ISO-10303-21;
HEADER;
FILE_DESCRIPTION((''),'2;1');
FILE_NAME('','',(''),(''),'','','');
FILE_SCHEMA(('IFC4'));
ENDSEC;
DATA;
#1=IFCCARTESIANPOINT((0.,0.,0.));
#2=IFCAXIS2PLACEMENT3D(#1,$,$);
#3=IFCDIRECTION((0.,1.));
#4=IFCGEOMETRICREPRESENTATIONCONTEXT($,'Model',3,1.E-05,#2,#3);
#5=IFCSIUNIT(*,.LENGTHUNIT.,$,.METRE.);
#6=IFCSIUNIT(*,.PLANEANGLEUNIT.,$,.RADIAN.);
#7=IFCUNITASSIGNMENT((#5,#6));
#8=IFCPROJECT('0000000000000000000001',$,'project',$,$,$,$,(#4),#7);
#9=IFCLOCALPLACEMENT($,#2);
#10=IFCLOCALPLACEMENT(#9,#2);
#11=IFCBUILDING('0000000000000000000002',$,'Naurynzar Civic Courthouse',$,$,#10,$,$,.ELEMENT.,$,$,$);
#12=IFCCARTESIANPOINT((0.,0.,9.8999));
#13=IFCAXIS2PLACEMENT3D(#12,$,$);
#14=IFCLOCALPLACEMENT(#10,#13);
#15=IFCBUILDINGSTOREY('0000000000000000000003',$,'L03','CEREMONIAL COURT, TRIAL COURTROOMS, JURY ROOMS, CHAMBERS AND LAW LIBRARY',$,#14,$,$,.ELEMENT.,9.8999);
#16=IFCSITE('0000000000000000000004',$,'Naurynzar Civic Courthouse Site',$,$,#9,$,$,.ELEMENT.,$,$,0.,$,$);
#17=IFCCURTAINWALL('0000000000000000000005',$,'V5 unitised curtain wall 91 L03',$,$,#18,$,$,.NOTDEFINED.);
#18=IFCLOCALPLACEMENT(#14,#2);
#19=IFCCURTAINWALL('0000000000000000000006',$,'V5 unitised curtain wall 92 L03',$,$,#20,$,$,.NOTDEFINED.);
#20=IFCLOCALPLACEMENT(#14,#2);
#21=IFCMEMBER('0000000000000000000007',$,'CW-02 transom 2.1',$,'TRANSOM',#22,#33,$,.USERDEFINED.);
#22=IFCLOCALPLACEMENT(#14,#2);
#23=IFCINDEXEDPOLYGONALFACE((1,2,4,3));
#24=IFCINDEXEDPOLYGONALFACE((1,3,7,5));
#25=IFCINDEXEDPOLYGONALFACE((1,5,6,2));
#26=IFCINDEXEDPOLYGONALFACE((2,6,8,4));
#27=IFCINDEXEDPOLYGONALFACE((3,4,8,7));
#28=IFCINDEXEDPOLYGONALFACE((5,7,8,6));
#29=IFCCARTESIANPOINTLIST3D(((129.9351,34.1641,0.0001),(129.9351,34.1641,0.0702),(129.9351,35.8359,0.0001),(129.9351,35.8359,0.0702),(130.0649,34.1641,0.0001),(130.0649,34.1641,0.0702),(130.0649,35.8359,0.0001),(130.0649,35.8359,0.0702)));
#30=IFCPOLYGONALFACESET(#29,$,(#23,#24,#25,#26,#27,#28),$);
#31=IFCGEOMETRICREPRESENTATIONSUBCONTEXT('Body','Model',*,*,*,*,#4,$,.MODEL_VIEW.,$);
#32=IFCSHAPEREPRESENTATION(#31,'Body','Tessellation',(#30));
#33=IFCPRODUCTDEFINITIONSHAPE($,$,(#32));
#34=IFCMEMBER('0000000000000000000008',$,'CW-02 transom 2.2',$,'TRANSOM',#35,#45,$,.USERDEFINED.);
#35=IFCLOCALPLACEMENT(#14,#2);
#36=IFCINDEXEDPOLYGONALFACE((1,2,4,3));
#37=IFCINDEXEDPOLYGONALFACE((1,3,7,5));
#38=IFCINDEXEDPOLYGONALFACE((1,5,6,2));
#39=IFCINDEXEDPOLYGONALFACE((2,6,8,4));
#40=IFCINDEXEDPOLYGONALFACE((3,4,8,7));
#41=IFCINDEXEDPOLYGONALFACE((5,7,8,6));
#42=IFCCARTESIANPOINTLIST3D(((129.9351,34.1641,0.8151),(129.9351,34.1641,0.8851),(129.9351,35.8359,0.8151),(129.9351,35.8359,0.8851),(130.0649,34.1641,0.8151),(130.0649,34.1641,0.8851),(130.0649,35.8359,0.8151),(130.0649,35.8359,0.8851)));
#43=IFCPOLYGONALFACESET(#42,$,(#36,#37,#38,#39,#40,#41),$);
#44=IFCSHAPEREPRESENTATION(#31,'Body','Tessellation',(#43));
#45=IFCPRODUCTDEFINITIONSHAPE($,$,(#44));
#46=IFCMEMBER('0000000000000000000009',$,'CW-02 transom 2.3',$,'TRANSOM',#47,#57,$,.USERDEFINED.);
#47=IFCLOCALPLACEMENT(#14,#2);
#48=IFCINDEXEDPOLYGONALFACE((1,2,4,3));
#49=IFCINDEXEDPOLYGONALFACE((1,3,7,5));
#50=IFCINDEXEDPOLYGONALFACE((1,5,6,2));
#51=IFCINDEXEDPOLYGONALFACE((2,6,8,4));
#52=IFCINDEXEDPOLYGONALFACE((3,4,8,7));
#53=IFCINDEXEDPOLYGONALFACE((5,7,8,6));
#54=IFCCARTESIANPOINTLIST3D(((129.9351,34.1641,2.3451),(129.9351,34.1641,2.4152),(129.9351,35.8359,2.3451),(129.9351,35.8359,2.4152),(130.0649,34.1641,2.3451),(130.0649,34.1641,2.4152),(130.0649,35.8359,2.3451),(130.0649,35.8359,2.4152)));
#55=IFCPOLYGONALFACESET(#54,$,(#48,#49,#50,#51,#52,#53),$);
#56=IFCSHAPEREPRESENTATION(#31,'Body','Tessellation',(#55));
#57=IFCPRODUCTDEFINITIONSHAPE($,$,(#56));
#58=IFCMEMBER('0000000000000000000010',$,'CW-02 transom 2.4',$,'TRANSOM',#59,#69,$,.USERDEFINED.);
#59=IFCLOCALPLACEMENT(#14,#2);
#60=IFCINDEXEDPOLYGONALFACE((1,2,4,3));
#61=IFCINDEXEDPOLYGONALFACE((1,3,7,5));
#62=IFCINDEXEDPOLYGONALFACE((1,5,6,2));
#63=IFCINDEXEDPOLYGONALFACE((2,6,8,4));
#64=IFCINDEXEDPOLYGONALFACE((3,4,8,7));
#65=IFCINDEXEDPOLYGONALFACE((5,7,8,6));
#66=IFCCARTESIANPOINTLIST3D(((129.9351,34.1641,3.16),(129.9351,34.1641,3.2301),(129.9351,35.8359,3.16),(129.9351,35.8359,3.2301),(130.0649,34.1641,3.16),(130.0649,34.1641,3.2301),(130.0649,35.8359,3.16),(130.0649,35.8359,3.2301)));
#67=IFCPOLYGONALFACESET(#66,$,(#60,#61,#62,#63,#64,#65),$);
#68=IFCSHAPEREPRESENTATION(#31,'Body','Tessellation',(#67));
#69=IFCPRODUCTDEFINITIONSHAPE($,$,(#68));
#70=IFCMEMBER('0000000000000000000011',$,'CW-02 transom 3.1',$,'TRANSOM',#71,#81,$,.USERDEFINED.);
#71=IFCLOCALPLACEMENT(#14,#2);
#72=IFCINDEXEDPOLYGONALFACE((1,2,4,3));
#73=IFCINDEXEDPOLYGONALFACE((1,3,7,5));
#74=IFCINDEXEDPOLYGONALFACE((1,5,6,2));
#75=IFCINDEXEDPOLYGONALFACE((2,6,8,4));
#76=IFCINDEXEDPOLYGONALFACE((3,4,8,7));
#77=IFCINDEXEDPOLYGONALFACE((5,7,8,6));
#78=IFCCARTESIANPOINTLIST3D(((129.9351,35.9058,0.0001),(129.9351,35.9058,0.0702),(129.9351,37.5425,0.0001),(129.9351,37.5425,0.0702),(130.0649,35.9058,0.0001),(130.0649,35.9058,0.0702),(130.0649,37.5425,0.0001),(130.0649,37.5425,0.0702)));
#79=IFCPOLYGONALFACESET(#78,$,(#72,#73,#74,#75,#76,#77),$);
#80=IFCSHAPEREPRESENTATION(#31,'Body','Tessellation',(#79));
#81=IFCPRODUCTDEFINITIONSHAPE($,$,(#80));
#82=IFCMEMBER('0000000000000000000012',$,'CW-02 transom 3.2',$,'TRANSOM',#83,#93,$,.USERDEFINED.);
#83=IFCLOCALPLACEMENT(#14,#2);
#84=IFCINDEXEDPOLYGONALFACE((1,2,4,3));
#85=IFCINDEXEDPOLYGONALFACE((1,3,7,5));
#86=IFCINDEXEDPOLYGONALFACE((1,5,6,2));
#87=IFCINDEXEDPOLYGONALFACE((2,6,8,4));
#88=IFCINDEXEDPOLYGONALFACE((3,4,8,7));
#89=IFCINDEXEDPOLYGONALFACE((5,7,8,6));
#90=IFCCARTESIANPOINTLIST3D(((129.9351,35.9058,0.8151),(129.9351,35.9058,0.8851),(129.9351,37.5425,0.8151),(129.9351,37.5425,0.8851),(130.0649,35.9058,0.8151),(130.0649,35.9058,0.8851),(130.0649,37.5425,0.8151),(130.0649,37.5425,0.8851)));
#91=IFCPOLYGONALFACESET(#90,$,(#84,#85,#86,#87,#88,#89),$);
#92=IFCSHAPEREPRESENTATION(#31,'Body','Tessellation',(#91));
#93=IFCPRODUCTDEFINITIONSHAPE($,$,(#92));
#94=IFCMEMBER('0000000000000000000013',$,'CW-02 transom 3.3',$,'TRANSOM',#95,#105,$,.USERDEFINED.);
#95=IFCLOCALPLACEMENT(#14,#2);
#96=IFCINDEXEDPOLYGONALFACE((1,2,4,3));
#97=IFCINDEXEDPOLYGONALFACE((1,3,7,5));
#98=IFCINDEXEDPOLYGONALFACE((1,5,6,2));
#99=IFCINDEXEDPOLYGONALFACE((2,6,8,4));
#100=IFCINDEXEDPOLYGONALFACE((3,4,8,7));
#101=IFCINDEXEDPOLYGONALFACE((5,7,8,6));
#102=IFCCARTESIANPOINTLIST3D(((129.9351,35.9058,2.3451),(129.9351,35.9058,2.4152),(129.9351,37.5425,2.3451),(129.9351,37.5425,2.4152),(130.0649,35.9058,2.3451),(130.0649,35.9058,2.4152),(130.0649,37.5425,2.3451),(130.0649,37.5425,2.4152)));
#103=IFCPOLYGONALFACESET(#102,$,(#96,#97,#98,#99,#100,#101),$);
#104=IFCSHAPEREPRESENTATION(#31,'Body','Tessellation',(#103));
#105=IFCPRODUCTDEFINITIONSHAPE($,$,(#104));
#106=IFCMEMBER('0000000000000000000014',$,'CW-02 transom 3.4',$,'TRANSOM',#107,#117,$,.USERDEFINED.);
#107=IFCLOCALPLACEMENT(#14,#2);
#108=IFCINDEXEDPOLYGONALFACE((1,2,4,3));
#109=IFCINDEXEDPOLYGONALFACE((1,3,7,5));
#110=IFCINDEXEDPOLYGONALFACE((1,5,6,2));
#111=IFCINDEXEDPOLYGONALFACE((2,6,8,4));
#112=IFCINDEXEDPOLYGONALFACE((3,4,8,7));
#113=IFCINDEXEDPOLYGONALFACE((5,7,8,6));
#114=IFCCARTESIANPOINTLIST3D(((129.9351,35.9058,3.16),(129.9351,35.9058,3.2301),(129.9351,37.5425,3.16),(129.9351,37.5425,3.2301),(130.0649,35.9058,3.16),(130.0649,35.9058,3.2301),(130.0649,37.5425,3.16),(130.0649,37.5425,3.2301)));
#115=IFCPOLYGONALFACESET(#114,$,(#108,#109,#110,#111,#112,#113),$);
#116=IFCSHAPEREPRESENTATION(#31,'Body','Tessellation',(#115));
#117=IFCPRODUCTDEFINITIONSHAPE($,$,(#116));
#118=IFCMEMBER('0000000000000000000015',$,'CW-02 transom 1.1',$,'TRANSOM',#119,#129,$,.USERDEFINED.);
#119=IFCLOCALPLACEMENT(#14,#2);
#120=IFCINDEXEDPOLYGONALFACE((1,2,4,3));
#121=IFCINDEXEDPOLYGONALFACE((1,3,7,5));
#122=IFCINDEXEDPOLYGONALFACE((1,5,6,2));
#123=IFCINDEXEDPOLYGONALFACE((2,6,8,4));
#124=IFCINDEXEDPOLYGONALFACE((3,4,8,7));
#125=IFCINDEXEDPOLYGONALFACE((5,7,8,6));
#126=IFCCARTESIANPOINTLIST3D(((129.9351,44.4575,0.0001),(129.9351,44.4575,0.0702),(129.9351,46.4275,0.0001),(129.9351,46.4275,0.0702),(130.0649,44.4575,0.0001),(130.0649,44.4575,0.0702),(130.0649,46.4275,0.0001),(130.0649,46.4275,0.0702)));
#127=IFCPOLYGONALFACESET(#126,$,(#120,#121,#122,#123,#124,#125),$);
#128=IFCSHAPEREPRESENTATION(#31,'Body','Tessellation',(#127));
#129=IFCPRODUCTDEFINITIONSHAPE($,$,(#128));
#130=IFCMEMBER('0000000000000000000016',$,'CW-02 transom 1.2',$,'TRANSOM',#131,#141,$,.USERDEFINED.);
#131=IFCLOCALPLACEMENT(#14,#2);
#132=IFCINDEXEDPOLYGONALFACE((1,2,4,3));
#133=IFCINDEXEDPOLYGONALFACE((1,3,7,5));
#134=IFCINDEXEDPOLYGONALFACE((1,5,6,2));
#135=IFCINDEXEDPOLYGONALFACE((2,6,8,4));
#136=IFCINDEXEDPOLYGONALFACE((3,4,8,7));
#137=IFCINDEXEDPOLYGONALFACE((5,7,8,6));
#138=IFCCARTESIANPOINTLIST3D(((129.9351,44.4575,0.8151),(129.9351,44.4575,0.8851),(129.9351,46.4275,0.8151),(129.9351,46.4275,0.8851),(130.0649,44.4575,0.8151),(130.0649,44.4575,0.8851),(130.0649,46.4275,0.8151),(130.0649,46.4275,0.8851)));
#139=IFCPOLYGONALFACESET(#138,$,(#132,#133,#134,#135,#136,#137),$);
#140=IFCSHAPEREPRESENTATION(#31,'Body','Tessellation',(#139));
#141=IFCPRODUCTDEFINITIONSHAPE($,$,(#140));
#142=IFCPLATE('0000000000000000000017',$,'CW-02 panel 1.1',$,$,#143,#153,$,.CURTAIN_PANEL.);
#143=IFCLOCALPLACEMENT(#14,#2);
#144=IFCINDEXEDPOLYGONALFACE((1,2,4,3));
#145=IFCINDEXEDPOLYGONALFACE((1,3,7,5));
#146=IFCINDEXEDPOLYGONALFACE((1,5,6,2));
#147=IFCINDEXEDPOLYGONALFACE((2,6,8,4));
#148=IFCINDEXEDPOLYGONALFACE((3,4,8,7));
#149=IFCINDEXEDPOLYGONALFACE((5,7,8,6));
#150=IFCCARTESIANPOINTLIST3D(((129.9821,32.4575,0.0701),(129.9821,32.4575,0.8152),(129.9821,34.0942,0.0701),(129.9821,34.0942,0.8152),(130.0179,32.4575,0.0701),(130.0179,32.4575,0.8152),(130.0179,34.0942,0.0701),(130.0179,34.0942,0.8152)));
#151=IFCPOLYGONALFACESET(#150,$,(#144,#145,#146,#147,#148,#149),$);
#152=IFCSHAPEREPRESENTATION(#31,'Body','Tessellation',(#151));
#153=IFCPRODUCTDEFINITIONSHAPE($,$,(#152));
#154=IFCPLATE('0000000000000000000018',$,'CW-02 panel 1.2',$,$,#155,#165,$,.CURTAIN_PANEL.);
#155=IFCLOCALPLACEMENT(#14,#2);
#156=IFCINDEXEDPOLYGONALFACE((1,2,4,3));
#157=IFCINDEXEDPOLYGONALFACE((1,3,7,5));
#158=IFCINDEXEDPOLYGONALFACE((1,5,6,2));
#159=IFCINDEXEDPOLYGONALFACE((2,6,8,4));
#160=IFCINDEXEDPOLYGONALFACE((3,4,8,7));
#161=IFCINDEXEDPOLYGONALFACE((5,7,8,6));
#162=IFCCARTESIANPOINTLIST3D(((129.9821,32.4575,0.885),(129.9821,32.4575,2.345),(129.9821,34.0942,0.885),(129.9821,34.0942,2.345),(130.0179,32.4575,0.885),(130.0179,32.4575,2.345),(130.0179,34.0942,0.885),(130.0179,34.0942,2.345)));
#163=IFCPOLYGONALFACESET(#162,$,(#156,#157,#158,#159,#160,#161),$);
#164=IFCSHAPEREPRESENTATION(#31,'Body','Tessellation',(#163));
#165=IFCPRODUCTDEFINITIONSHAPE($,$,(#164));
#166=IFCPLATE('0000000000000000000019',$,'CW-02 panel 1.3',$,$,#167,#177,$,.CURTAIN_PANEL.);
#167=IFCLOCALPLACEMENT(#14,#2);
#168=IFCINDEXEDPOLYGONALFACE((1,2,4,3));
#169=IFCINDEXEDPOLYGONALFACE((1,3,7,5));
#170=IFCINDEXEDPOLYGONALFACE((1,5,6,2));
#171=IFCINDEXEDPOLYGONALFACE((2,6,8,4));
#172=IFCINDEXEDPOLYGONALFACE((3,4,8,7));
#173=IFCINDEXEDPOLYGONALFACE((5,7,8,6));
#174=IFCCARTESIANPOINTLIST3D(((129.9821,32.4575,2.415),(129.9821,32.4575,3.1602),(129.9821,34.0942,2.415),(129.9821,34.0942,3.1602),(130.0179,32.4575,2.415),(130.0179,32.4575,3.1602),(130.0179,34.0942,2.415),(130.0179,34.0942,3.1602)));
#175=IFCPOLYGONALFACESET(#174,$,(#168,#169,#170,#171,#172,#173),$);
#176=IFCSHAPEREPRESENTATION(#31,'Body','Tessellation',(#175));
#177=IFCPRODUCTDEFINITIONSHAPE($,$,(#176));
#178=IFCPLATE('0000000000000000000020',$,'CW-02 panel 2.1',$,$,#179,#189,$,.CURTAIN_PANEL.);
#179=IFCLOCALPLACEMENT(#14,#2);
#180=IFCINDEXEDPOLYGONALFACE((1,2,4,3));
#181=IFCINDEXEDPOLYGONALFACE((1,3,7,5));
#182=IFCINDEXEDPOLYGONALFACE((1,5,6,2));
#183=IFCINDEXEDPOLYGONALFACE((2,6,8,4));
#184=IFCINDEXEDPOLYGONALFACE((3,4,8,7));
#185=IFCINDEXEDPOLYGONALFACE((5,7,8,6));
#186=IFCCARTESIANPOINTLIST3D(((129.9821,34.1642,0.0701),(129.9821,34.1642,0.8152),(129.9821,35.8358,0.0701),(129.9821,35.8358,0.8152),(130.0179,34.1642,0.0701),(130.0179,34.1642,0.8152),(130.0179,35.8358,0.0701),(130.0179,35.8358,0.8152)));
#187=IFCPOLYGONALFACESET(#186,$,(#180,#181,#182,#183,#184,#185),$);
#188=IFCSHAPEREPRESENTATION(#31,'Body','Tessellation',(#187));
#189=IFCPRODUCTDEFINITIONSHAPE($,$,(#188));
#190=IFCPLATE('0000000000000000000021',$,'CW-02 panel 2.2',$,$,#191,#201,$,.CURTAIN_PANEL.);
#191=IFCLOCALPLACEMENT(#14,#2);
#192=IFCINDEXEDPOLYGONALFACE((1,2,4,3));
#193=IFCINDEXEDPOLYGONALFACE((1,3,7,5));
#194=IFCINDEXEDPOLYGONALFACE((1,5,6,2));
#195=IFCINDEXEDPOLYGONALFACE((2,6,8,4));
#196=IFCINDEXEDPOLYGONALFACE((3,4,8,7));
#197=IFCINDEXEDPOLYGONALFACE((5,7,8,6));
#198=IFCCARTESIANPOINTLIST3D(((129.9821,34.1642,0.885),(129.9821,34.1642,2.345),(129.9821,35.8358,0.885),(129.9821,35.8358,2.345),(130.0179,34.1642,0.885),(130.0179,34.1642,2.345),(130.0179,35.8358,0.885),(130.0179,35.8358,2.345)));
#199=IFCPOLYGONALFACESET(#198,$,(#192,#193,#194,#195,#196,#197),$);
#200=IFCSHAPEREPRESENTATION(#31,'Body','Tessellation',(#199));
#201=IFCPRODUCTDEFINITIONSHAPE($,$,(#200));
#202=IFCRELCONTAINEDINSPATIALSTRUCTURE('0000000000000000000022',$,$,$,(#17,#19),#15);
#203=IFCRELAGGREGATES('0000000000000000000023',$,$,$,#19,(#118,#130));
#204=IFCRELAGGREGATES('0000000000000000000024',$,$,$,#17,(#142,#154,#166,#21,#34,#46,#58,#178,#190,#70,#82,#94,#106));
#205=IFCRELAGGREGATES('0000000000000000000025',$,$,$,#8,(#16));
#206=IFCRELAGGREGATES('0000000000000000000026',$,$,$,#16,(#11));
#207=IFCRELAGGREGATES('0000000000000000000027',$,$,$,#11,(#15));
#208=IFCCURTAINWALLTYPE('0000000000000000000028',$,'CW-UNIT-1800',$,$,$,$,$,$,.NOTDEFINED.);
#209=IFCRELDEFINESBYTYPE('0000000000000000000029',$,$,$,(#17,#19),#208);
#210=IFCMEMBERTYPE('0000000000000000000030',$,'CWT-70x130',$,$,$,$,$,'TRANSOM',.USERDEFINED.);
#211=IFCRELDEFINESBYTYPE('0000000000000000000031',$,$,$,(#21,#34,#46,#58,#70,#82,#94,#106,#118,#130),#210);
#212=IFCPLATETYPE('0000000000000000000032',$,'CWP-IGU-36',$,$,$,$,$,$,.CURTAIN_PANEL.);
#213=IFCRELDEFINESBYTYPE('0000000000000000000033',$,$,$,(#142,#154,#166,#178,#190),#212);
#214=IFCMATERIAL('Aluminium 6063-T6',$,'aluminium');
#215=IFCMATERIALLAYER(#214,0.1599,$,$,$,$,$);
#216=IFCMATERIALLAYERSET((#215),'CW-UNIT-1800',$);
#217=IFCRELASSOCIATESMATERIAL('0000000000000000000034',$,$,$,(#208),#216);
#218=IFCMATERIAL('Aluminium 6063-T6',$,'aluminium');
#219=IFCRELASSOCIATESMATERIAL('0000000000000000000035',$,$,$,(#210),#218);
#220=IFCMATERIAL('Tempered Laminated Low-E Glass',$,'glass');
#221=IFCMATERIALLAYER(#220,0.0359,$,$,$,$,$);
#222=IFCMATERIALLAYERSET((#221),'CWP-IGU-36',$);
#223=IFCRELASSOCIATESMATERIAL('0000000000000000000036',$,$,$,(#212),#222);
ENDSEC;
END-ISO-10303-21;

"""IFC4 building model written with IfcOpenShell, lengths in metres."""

from ifc_helpers import new_model, si_unit, direction, frame, origin, origin_2d, place, context, subcontext, project, spatial, rectangle, extrude, material, layer, layer_set, material_profile, profile_set, type_object, element, aggregate, save


model = new_model("IFC4")

# Units and contexts
model_context = context("Model", 3, precision=1e-05, world=origin(), true_north=direction((0.0, 1.0)))
body_context = subcontext(model_context, "Body", "Model", "MODEL_VIEW")
ifc_project = project(units=[si_unit("LENGTHUNIT", "METRE"), si_unit("PLANEANGLEUNIT", "RADIAN")], contexts=[model_context])

# Site, building, storey
site_placement = place(None, origin())
site = spatial("IfcSite", under=ifc_project, at=site_placement, Name="Naurynzar Civic Courthouse Site", CompositionType="ELEMENT", RefElevation=0.0)
building_placement = place(site_placement, origin())
building = spatial("IfcBuilding", under=site, at=building_placement, Name="Naurynzar Civic Courthouse", CompositionType="ELEMENT")
storey_placement = place(building_placement, frame((0.0, 0.0, 9.8999)))
storey = spatial("IfcBuildingStorey", under=building, at=storey_placement, Name="L03", Description="CEREMONIAL COURT, TRIAL COURTROOMS, JURY ROOMS, CHAMBERS AND LAW LIBRARY", CompositionType="ELEMENT", Elevation=9.8999)

# Curtain wall
ifc_material_1 = material(Name="Aluminium 6063-T6", Category="aluminium")
ifc_layer_1 = layer(ifc_material_1, 0.1599)
ifc_layer_set_1 = layer_set([ifc_layer_1], Name="CW-UNIT-1800")
curtain_wall_type = type_object("IfcCurtainWallType", Name="CW-UNIT-1800", PredefinedType="NOTDEFINED", material=ifc_layer_set_1)
curtain_wall_1_placement = place(storey_placement, origin())
curtain_wall_1 = element("IfcCurtainWall", 1, at=curtain_wall_1_placement, inside=storey, type_object=curtain_wall_type, Name="V5 unitised curtain wall 91 L03", PredefinedType="NOTDEFINED")

# Curtain wall
curtain_wall_2_placement = place(storey_placement, origin())
curtain_wall_2 = element("IfcCurtainWall", 2, at=curtain_wall_2_placement, inside=storey, type_object=curtain_wall_type, Name="V5 unitised curtain wall 92 L03", PredefinedType="NOTDEFINED")

# Members
ifc_material_2 = material(Name="Aluminium 6063-T6", Category="aluminium")
ifc_material_profile_1 = material_profile(ifc_material_2, rectangle(XDim=0.1299, YDim=0.0701, at=origin_2d()), Name="ALU TRANSOM 70x130")
ifc_profile_set_1 = profile_set([ifc_material_profile_1], Name="Aluminium 6063-T6")
member_type_1 = type_object("IfcMemberType", Name="CWT-70x130", ElementType="TRANSOM", PredefinedType="USERDEFINED", material=ifc_profile_set_1)
member_1_placement = place(storey_placement, frame((130.0, 34.1641, 0.0352), z_axis=(0.0, 1.0, 0.0), x_axis=(-1.0, 0.0, 0.0)))
member_1 = element("IfcMember", 3, at=member_1_placement, type_object=member_type_1, Name="CW-02 transom 2.1", ObjectType="TRANSOM", PredefinedType="USERDEFINED", context=body_context, shape_type="SweptSolid", body=[
    extrude(rectangle(XDim=0.1299, YDim=0.0701, at=origin_2d()), origin(), (0.0, 0.0, 1.0), 1.6719),
])
member_2_placement = place(storey_placement, frame((130.0, 34.1641, 0.8501), z_axis=(0.0, 1.0, 0.0), x_axis=(-1.0, 0.0, 0.0)))
member_2 = element("IfcMember", 4, at=member_2_placement, type_object=member_type_1, Name="CW-02 transom 2.2", ObjectType="TRANSOM", PredefinedType="USERDEFINED", context=body_context, shape_type="SweptSolid", body=[
    extrude(rectangle(XDim=0.1299, YDim=0.0701, at=origin_2d()), origin(), (0.0, 0.0, 1.0), 1.6719),
])
member_3_placement = place(storey_placement, frame((130.0, 34.1641, 2.3801), z_axis=(0.0, 1.0, 0.0), x_axis=(-1.0, 0.0, 0.0)))
member_3 = element("IfcMember", 5, at=member_3_placement, type_object=member_type_1, Name="CW-02 transom 2.3", ObjectType="TRANSOM", PredefinedType="USERDEFINED", context=body_context, shape_type="SweptSolid", body=[
    extrude(rectangle(XDim=0.1299, YDim=0.0701, at=origin_2d()), origin(), (0.0, 0.0, 1.0), 1.6719),
])
member_4_placement = place(storey_placement, frame((130.0, 34.1641, 3.1951), z_axis=(0.0, 1.0, 0.0), x_axis=(-1.0, 0.0, 0.0)))
member_4 = element("IfcMember", 6, at=member_4_placement, type_object=member_type_1, Name="CW-02 transom 2.4", ObjectType="TRANSOM", PredefinedType="USERDEFINED", context=body_context, shape_type="SweptSolid", body=[
    extrude(rectangle(XDim=0.1299, YDim=0.0701, at=origin_2d()), origin(), (0.0, 0.0, 1.0), 1.6719),
])
member_5_placement = place(storey_placement, frame((130.0, 35.9058, 0.0352), z_axis=(0.0, 1.0, 0.0), x_axis=(-1.0, 0.0, 0.0)))
member_5 = element("IfcMember", 7, at=member_5_placement, type_object=member_type_1, Name="CW-02 transom 3.1", ObjectType="TRANSOM", PredefinedType="USERDEFINED", context=body_context, shape_type="SweptSolid", body=[
    extrude(rectangle(XDim=0.1299, YDim=0.0701, at=origin_2d()), origin(), (0.0, 0.0, 1.0), 1.6367),
])
member_6_placement = place(storey_placement, frame((130.0, 35.9058, 0.8501), z_axis=(0.0, 1.0, 0.0), x_axis=(-1.0, 0.0, 0.0)))
member_6 = element("IfcMember", 8, at=member_6_placement, type_object=member_type_1, Name="CW-02 transom 3.2", ObjectType="TRANSOM", PredefinedType="USERDEFINED", context=body_context, shape_type="SweptSolid", body=[
    extrude(rectangle(XDim=0.1299, YDim=0.0701, at=origin_2d()), origin(), (0.0, 0.0, 1.0), 1.6367),
])
member_7_placement = place(storey_placement, frame((130.0, 35.9058, 2.3801), z_axis=(0.0, 1.0, 0.0), x_axis=(-1.0, 0.0, 0.0)))
member_7 = element("IfcMember", 9, at=member_7_placement, type_object=member_type_1, Name="CW-02 transom 3.3", ObjectType="TRANSOM", PredefinedType="USERDEFINED", context=body_context, shape_type="SweptSolid", body=[
    extrude(rectangle(XDim=0.1299, YDim=0.0701, at=origin_2d()), origin(), (0.0, 0.0, 1.0), 1.6367),
])
member_8_placement = place(storey_placement, frame((130.0, 35.9058, 3.1951), z_axis=(0.0, 1.0, 0.0), x_axis=(-1.0, 0.0, 0.0)))
member_8 = element("IfcMember", 10, at=member_8_placement, type_object=member_type_1, Name="CW-02 transom 3.4", ObjectType="TRANSOM", PredefinedType="USERDEFINED", context=body_context, shape_type="SweptSolid", body=[
    extrude(rectangle(XDim=0.1299, YDim=0.0701, at=origin_2d()), origin(), (0.0, 0.0, 1.0), 1.6367),
])
member_9_placement = place(storey_placement, frame((130.0, 44.4575, 0.0352), z_axis=(0.0, 1.0, 0.0), x_axis=(-1.0, 0.0, 0.0)))
member_9 = element("IfcMember", 11, at=member_9_placement, type_object=member_type_1, Name="CW-02 transom 1.1", ObjectType="TRANSOM", PredefinedType="USERDEFINED", context=body_context, shape_type="SweptSolid", body=[
    extrude(rectangle(XDim=0.1299, YDim=0.0701, at=origin_2d()), origin(), (0.0, 0.0, 1.0), 1.97),
])
member_10_placement = place(storey_placement, frame((130.0, 44.4575, 0.8501), z_axis=(0.0, 1.0, 0.0), x_axis=(-1.0, 0.0, 0.0)))
member_10 = element("IfcMember", 12, at=member_10_placement, type_object=member_type_1, Name="CW-02 transom 1.2", ObjectType="TRANSOM", PredefinedType="USERDEFINED", context=body_context, shape_type="SweptSolid", body=[
    extrude(rectangle(XDim=0.1299, YDim=0.0701, at=origin_2d()), origin(), (0.0, 0.0, 1.0), 1.97),
])
aggregate(curtain_wall_2, [member_9, member_10])

# Plates
ifc_material_3 = material(Name="Tempered Laminated Low-E Glass", Category="glass")
ifc_layer_2 = layer(ifc_material_3, 0.0359)
ifc_layer_set_2 = layer_set([ifc_layer_2], Name="CWP-IGU-36")
plate_type = type_object("IfcPlateType", Name="CWP-IGU-36", PredefinedType="CURTAIN_PANEL", material=ifc_layer_set_2)
plate_1_placement = place(storey_placement, frame((130.0, 33.2759, 0.0701), z_axis=(0.0, 0.0, 1.0), x_axis=(0.0, 1.0, 0.0)))
plate_1 = element("IfcPlate", 13, at=plate_1_placement, type_object=plate_type, Name="CW-02 panel 1.1", PredefinedType="CURTAIN_PANEL", context=body_context, shape_type="SweptSolid", body=[
    extrude(rectangle(XDim=1.6367, YDim=0.0359, at=origin_2d()), origin(), (0.0, 0.0, 1.0), 0.7451),
])
plate_2_placement = place(storey_placement, frame((130.0, 33.2759, 0.885), z_axis=(0.0, 0.0, 1.0), x_axis=(0.0, 1.0, 0.0)))
plate_2 = element("IfcPlate", 14, at=plate_2_placement, type_object=plate_type, Name="CW-02 panel 1.2", PredefinedType="CURTAIN_PANEL", context=body_context, shape_type="SweptSolid", body=[
    extrude(rectangle(XDim=1.6367, YDim=0.0359, at=origin_2d()), origin(), (0.0, 0.0, 1.0), 1.46),
])
plate_3_placement = place(storey_placement, frame((130.0, 33.2759, 2.415), z_axis=(0.0, 0.0, 1.0), x_axis=(0.0, 1.0, 0.0)))
plate_3 = element("IfcPlate", 15, at=plate_3_placement, type_object=plate_type, Name="CW-02 panel 1.3", PredefinedType="CURTAIN_PANEL", context=body_context, shape_type="SweptSolid", body=[
    extrude(rectangle(XDim=1.6367, YDim=0.0359, at=origin_2d()), origin(), (0.0, 0.0, 1.0), 0.7451),
])
plate_4_placement = place(storey_placement, frame((130.0, 35.0, 0.0701), z_axis=(0.0, 0.0, 1.0), x_axis=(0.0, 1.0, 0.0)))
plate_4 = element("IfcPlate", 16, at=plate_4_placement, type_object=plate_type, Name="CW-02 panel 2.1", PredefinedType="CURTAIN_PANEL", context=body_context, shape_type="SweptSolid", body=[
    extrude(rectangle(XDim=1.6716, YDim=0.0359, at=origin_2d()), origin(), (0.0, 0.0, 1.0), 0.7451),
])
plate_5_placement = place(storey_placement, frame((130.0, 35.0, 0.885), z_axis=(0.0, 0.0, 1.0), x_axis=(0.0, 1.0, 0.0)))
plate_5 = element("IfcPlate", 17, at=plate_5_placement, type_object=plate_type, Name="CW-02 panel 2.2", PredefinedType="CURTAIN_PANEL", context=body_context, shape_type="SweptSolid", body=[
    extrude(rectangle(XDim=1.6716, YDim=0.0359, at=origin_2d()), origin(), (0.0, 0.0, 1.0), 1.46),
])
aggregate(curtain_wall_1, [plate_1, plate_2, plate_3, member_1, member_2, member_3, member_4, plate_4, plate_5, member_5, member_6, member_7, member_8])

save(model, "model.ifc")
